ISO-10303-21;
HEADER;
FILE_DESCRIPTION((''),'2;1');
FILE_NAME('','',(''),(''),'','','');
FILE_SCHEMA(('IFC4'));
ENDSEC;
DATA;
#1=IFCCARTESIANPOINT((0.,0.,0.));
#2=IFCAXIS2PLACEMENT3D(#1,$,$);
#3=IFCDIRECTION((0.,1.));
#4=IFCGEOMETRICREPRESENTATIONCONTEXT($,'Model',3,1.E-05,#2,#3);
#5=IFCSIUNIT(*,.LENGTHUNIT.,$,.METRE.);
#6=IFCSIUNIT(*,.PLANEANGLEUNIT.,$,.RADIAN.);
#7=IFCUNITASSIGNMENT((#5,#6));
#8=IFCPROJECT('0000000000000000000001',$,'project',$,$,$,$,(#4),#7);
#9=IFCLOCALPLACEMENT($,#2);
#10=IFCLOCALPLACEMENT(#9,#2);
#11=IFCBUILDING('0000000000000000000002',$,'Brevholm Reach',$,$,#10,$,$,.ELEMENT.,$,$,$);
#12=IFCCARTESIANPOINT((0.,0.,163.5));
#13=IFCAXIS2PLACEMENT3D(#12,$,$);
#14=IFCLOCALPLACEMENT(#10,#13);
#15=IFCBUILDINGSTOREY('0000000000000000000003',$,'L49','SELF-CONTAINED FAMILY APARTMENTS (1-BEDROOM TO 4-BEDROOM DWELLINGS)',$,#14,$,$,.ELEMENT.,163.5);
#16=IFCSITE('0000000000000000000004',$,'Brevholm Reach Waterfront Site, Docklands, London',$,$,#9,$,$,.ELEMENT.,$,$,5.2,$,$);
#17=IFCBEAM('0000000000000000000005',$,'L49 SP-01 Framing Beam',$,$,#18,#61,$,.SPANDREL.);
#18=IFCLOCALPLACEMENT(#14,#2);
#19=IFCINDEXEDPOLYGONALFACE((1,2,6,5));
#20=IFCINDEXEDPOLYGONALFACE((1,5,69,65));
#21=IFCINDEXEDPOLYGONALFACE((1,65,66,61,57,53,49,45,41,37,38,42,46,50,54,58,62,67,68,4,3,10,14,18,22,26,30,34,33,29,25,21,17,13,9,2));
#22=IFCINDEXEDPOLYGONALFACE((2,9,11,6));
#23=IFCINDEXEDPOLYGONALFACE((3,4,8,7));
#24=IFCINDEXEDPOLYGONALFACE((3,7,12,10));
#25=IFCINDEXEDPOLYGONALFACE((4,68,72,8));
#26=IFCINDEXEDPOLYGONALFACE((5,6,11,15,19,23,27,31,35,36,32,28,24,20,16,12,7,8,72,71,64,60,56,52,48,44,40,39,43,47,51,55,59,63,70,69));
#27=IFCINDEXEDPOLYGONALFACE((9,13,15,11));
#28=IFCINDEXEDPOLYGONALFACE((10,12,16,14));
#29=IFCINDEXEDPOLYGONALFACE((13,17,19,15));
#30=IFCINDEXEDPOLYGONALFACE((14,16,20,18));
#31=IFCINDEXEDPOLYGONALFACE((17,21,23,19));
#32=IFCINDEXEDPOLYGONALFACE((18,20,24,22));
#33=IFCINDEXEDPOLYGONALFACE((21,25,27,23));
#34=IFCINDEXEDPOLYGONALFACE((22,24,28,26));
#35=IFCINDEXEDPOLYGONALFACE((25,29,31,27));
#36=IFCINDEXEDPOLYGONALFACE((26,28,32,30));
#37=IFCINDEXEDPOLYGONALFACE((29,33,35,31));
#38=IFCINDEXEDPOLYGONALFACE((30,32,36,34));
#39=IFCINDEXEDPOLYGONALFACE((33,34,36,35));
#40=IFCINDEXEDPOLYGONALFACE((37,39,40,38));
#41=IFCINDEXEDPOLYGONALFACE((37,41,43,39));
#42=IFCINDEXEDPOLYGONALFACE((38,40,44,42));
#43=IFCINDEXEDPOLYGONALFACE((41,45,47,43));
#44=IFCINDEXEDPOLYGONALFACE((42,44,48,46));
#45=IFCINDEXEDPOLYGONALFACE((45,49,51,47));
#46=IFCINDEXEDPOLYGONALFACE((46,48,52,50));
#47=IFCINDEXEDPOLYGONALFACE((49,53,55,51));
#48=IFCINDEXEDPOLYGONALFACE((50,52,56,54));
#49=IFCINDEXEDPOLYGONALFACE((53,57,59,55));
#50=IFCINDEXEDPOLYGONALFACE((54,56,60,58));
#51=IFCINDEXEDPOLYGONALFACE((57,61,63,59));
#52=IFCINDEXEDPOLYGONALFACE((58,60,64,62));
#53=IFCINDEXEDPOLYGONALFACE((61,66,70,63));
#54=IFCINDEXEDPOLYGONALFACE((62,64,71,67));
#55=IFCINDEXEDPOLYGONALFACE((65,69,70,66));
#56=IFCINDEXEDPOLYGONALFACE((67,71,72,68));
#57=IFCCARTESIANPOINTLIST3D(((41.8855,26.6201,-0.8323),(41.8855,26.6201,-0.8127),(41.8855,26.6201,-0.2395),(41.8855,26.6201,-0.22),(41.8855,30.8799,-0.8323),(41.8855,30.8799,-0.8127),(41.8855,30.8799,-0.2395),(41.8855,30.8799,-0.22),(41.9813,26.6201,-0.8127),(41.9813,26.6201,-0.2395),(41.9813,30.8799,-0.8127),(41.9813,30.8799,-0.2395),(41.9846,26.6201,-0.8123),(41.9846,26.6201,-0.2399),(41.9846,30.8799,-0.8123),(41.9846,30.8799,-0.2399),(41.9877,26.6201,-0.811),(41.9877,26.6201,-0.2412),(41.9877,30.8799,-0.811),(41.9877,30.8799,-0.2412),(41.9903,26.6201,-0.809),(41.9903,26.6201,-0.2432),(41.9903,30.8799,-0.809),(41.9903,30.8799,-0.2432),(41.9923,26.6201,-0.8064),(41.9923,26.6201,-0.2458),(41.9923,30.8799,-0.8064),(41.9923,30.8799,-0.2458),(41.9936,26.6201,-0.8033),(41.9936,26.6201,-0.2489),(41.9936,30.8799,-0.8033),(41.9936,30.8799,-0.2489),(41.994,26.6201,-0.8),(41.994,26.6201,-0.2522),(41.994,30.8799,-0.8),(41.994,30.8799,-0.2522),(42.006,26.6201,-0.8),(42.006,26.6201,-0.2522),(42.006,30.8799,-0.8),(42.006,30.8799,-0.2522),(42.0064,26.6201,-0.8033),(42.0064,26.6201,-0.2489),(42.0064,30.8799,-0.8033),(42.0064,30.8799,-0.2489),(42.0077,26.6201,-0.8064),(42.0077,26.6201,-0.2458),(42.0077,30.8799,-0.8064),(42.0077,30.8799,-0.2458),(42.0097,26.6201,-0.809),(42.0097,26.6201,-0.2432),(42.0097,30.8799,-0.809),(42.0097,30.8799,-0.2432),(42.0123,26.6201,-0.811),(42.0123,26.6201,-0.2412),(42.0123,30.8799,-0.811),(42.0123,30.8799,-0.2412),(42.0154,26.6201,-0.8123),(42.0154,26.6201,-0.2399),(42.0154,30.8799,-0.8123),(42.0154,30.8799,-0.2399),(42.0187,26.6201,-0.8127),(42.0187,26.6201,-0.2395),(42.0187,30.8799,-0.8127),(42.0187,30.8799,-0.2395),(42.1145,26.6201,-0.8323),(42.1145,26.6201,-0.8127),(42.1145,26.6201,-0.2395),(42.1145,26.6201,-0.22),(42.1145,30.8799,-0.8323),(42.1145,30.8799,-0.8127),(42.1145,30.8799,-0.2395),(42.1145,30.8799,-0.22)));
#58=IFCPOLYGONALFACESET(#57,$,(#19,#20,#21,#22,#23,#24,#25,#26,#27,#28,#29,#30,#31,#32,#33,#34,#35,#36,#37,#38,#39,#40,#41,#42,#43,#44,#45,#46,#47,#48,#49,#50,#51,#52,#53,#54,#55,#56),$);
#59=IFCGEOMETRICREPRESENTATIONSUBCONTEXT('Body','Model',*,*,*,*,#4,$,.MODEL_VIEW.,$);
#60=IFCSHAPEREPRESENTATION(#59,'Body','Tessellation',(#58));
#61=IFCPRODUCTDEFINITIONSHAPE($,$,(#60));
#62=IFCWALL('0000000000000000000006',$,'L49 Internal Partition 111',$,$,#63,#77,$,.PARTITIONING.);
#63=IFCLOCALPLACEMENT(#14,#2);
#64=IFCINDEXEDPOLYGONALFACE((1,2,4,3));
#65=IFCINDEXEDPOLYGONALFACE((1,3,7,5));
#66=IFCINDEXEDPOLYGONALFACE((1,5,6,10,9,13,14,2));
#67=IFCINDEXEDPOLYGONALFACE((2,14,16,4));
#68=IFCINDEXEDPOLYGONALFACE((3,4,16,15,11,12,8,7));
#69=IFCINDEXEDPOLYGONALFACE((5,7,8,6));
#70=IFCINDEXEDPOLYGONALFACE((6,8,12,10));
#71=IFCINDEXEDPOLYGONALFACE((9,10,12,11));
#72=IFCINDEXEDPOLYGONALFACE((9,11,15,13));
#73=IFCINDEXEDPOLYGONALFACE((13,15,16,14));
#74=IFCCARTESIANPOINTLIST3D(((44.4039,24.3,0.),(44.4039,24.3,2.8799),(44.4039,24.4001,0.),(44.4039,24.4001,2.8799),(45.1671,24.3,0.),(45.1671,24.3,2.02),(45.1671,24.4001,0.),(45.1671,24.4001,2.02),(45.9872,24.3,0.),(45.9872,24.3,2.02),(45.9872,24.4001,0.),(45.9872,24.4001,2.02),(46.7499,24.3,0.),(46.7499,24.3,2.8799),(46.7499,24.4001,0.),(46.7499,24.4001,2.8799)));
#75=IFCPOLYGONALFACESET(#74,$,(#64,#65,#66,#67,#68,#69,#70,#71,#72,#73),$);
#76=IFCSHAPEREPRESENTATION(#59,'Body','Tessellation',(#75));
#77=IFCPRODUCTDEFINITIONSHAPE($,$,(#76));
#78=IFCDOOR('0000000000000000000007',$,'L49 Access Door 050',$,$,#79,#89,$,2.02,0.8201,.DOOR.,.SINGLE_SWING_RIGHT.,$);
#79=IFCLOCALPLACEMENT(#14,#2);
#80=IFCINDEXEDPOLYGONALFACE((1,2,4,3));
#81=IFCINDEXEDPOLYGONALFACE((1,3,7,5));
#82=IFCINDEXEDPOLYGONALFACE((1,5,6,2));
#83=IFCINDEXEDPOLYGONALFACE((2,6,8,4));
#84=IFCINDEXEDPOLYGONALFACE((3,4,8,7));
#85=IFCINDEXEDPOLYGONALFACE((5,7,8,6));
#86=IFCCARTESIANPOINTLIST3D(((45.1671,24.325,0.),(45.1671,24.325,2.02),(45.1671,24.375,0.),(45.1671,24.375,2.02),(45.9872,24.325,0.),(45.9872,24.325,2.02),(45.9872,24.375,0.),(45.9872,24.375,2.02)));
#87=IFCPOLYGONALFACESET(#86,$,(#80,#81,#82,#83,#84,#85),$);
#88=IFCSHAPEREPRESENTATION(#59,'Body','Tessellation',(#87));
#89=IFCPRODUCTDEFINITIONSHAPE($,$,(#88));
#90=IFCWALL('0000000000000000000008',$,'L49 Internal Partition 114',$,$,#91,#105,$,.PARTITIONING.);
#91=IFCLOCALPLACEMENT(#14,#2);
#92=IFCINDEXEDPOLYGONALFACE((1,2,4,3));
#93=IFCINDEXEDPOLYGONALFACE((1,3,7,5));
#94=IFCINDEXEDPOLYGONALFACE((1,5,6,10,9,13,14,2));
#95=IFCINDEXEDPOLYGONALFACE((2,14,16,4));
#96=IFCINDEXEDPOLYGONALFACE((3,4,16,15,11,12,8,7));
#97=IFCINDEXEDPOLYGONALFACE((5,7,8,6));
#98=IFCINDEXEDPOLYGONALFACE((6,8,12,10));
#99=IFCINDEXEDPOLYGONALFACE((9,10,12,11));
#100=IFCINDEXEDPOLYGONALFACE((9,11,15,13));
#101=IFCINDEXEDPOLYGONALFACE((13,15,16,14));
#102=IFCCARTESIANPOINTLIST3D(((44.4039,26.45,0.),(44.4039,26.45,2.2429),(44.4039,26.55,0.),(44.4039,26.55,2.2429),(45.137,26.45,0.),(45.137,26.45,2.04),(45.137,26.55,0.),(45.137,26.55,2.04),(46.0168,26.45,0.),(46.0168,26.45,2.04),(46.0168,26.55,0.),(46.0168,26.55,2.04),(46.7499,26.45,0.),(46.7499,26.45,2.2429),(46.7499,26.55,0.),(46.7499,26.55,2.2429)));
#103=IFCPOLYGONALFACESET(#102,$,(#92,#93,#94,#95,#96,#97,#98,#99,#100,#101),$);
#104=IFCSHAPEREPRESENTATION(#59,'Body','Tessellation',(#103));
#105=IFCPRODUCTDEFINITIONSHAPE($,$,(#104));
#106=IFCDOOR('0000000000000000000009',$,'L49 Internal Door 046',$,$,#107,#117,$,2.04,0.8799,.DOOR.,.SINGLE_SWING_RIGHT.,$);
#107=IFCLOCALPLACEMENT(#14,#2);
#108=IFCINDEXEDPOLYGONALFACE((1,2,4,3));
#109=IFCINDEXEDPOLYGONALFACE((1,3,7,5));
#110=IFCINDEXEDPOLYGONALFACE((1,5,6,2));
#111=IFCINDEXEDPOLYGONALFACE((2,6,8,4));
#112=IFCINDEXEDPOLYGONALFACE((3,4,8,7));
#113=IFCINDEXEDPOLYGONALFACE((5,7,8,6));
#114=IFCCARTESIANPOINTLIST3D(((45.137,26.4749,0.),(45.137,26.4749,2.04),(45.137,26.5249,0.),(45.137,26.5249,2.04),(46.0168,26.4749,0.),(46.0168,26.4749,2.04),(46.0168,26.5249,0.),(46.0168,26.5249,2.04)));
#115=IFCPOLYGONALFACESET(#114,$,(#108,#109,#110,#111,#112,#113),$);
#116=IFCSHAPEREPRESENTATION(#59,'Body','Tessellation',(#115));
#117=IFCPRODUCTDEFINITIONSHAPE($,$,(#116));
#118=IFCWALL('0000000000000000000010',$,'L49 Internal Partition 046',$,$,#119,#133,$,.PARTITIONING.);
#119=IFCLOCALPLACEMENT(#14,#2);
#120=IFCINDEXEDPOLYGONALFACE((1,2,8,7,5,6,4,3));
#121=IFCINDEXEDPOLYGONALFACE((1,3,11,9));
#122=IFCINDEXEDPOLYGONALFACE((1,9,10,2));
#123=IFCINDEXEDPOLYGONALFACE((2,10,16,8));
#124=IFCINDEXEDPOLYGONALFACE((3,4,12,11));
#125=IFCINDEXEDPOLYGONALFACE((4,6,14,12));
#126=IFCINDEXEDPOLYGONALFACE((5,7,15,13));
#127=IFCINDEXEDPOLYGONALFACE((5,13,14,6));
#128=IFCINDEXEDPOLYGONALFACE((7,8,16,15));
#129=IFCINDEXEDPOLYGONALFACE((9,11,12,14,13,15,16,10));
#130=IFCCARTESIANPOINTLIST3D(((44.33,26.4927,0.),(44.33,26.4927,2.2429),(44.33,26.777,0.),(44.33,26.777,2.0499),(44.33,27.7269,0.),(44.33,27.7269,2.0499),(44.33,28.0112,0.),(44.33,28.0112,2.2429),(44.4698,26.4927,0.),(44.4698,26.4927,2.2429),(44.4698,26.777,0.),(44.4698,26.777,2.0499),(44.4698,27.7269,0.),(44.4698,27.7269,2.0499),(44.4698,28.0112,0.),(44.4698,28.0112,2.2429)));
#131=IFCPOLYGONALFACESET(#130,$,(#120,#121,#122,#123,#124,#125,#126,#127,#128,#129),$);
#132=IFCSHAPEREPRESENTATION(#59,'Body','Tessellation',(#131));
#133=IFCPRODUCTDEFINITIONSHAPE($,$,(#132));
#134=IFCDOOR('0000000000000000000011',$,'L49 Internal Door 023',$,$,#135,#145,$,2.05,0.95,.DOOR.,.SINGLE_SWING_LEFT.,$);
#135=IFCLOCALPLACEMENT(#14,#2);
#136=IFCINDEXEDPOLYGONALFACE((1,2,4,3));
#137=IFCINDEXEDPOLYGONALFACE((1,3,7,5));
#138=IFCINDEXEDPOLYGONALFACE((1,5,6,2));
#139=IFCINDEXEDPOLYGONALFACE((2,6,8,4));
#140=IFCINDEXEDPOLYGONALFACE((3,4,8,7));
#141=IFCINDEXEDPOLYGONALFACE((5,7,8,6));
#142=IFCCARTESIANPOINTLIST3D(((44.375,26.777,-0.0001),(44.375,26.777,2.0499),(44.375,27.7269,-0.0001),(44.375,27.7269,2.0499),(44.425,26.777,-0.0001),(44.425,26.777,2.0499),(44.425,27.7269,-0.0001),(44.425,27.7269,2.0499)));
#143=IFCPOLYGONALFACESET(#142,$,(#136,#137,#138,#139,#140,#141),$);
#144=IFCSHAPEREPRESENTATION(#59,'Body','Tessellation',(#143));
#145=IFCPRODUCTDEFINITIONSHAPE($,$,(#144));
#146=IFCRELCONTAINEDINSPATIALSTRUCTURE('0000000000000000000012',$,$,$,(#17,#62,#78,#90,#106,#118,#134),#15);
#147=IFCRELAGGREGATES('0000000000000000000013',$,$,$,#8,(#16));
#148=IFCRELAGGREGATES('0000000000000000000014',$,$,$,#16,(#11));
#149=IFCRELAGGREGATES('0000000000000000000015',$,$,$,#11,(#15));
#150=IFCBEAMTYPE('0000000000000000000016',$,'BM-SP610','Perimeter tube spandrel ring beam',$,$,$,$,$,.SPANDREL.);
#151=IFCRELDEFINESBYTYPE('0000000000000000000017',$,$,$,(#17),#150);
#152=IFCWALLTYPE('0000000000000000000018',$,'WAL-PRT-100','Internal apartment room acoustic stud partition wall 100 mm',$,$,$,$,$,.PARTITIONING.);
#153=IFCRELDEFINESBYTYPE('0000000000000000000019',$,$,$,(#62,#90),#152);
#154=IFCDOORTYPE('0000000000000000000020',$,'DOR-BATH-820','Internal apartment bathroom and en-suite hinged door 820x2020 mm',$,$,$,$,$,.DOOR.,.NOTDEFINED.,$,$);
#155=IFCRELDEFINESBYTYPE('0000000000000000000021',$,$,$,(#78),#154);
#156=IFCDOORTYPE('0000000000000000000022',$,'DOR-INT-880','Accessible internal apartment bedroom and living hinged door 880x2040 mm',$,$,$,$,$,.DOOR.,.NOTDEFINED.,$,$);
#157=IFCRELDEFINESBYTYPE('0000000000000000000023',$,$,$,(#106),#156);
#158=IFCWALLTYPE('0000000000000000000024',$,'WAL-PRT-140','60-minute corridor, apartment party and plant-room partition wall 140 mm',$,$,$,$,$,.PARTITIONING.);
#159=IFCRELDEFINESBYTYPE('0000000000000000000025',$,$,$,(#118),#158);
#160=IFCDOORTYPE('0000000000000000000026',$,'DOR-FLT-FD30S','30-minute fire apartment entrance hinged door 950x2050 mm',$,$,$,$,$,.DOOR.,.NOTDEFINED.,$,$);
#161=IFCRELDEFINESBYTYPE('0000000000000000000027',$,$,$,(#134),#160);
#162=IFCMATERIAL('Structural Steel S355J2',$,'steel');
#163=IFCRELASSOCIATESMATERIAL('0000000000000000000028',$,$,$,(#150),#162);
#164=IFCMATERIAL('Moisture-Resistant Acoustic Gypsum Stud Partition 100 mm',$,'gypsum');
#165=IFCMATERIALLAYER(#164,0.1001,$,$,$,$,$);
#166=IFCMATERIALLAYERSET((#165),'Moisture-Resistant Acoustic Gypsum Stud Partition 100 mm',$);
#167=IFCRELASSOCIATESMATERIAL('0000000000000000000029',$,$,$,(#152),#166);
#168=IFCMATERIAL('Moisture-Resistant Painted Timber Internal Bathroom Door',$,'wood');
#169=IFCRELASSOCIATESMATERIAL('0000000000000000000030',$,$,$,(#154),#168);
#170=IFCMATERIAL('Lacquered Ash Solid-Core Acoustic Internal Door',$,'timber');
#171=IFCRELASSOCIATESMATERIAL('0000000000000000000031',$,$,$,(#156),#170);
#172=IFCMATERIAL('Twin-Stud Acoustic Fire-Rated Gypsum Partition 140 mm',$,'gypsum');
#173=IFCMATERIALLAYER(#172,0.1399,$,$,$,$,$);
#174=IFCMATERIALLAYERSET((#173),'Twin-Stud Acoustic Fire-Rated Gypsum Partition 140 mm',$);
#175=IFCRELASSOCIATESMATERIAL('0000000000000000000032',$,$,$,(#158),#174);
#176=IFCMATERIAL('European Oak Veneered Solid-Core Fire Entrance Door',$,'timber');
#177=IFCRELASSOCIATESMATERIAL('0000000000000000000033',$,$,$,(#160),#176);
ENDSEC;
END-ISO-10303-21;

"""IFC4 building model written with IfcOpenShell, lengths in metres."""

from ifc_helpers import new_model, si_unit, direction, frame, frame_2d, origin, origin_2d, place, context, subcontext, project, spatial, rectangle, i_section, extrude, material, layer, layer_set, material_profile, profile_set, type_object, element, fill, save


model = new_model("IFC4")

# Units and contexts
model_context = context("Model", 3, precision=1e-05, world=origin(), true_north=direction((0.0, 1.0)))
body_context = subcontext(model_context, "Body", "Model", "MODEL_VIEW")
ifc_project = project(units=[si_unit("LENGTHUNIT", "METRE"), si_unit("PLANEANGLEUNIT", "RADIAN")], contexts=[model_context])

# Site, building, storey
site_placement = place(None, origin())
site = spatial("IfcSite", under=ifc_project, at=site_placement, Name="Brevholm Reach Waterfront Site, Docklands, London", CompositionType="ELEMENT", RefElevation=5.2)
building_placement = place(site_placement, origin())
building = spatial("IfcBuilding", under=site, at=building_placement, Name="Brevholm Reach", CompositionType="ELEMENT")
storey_placement = place(building_placement, frame((0.0, 0.0, 163.5)))
storey = spatial("IfcBuildingStorey", under=building, at=storey_placement, Name="L49", Description="SELF-CONTAINED FAMILY APARTMENTS (1-BEDROOM TO 4-BEDROOM DWELLINGS)", CompositionType="ELEMENT", Elevation=163.5)

# Beam
ifc_material_1 = material(Name="Structural Steel S355J2", Category="steel")
ifc_material_profile_1 = material_profile(ifc_material_1, i_section(OverallWidth=0.229, OverallDepth=0.6123, WebThickness=0.012, FlangeThickness=0.0195, FilletRadius=0.0127, at=origin_2d()), Name="UKB 610x229x125")
ifc_profile_set_1 = profile_set([ifc_material_profile_1], Name="Structural Steel S355J2")
beam_type_1 = type_object("IfcBeamType", Name="BM-SP610", Description="Perimeter tube spandrel ring beam", PredefinedType="SPANDREL", material=ifc_profile_set_1)
for number, where, z_axis, x_axis, name in (
    (1, (42.0, 26.6201, -0.5261), (0.0, 1.0, 0.0), (-1.0, 0.0, 0.0), "L49 SP-01 Framing Beam"),
):
    element("IfcBeam", number, at=place(storey_placement, frame(where, z_axis=z_axis, x_axis=x_axis)), inside=storey, type_object=beam_type_1, Name=name, PredefinedType="SPANDREL", context=body_context, shape_type="SweptSolid", body=[
        extrude(i_section(OverallWidth=0.229, OverallDepth=0.6123, WebThickness=0.012, FlangeThickness=0.0195, FilletRadius=0.0127, at=origin_2d()), origin(), (0.0, 0.0, 1.0), 4.2598),
    ])

# Walls, openings, doors
ifc_material_2 = material(Name="Moisture-Resistant Acoustic Gypsum Stud Partition 100 mm", Category="gypsum")
ifc_layer_1 = layer(ifc_material_2, 0.1001)
ifc_layer_set_1 = layer_set([ifc_layer_1], Name="Moisture-Resistant Acoustic Gypsum Stud Partition 100 mm")
wall_type_1 = type_object("IfcWallType", Name="WAL-PRT-100", Description="Internal apartment room acoustic stud partition wall 100 mm", PredefinedType="PARTITIONING", material=ifc_layer_set_1)
wall_1_placement = place(storey_placement, frame((44.4041, 24.3501, 0.0), z_axis=(0.0, 0.0, 1.0), x_axis=(1.0, 0.0, 0.0)))
wall_1 = element("IfcWall", 2, at=wall_1_placement, inside=storey, type_object=wall_type_1, Name="L49 Internal Partition 111", PredefinedType="PARTITIONING", context=body_context, shape_type="SweptSolid", body=[
    extrude(rectangle(XDim=2.3459, YDim=0.1001, at=frame_2d((1.1729, 0.0))), origin(), (0.0, 0.0, 1.0), 2.8799),
])
opening_1_placement = place(wall_1_placement, frame((0.7629, 0.0, 0.0)))
opening_1 = element("IfcOpeningElement", 3, at=opening_1_placement, cuts=wall_1, PredefinedType="OPENING", context=body_context, shape_type="SweptSolid", body=[
    extrude(rectangle(XDim=0.8201, YDim=2.02, at=frame_2d((0.4102, 1.01))), frame((0.0, 0.0601, 0.0), z_axis=(0.0, -1.0, 0.0), x_axis=(1.0, 0.0, 0.0)), (0.0, 0.0, 1.0), 0.1201),
])
ifc_material_3 = material(Name="Moisture-Resistant Painted Timber Internal Bathroom Door", Category="wood")
door_type_1 = type_object("IfcDoorType", Name="DOR-BATH-820", Description="Internal apartment bathroom and en-suite hinged door 820x2020 mm", OperationType="NOTDEFINED", PredefinedType="DOOR", material=ifc_material_3)
door_1_placement = place(opening_1_placement, origin())
door_1 = element("IfcDoor", 4, at=door_1_placement, inside=storey, type_object=door_type_1, Name="L49 Access Door 050", OperationType="SINGLE_SWING_RIGHT", OverallHeight=2.02, OverallWidth=0.8201, PredefinedType="DOOR", context=body_context, shape_type="SweptSolid", body=[
    extrude(rectangle(XDim=0.8201, YDim=2.02, at=frame_2d((0.4102, 1.01))), frame((0.0, 0.0249, 0.0), z_axis=(0.0, -1.0, 0.0), x_axis=(1.0, 0.0, 0.0)), (0.0, 0.0, 1.0), 0.05),
])
fill(opening_1, door_1)
wall_2_placement = place(storey_placement, frame((44.4041, 26.5, 0.0), z_axis=(0.0, 0.0, 1.0), x_axis=(1.0, 0.0, 0.0)))
wall_2 = element("IfcWall", 5, at=wall_2_placement, inside=storey, type_object=wall_type_1, Name="L49 Internal Partition 114", PredefinedType="PARTITIONING", context=body_context, shape_type="SweptSolid", body=[
    extrude(rectangle(XDim=2.3459, YDim=0.1001, at=frame_2d((1.1729, 0.0))), origin(), (0.0, 0.0, 1.0), 2.2429),
])
opening_2_placement = place(wall_2_placement, frame((0.7329, 0.0, 0.0)))
opening_2 = element("IfcOpeningElement", 6, at=opening_2_placement, cuts=wall_2, PredefinedType="OPENING", context=body_context, shape_type="SweptSolid", body=[
    extrude(rectangle(XDim=0.8799, YDim=2.04, at=frame_2d((0.4399, 1.02))), frame((0.0, 0.0601, 0.0), z_axis=(0.0, -1.0, 0.0), x_axis=(1.0, 0.0, 0.0)), (0.0, 0.0, 1.0), 0.1201),
])
ifc_material_4 = material(Name="Lacquered Ash Solid-Core Acoustic Internal Door", Category="timber")
door_type_2 = type_object("IfcDoorType", Name="DOR-INT-880", Description="Accessible internal apartment bedroom and living hinged door 880x2040 mm", OperationType="NOTDEFINED", PredefinedType="DOOR", material=ifc_material_4)
door_2_placement = place(opening_2_placement, origin())
door_2 = element("IfcDoor", 7, at=door_2_placement, inside=storey, type_object=door_type_2, Name="L49 Internal Door 046", OperationType="SINGLE_SWING_RIGHT", OverallHeight=2.04, OverallWidth=0.8799, PredefinedType="DOOR", context=body_context, shape_type="SweptSolid", body=[
    extrude(rectangle(XDim=0.8799, YDim=2.04, at=frame_2d((0.4399, 1.02))), frame((0.0, 0.0249, 0.0), z_axis=(0.0, -1.0, 0.0), x_axis=(1.0, 0.0, 0.0)), (0.0, 0.0, 1.0), 0.05),
])
fill(opening_2, door_2)
ifc_material_5 = material(Name="Twin-Stud Acoustic Fire-Rated Gypsum Partition 140 mm", Category="gypsum")
ifc_layer_2 = layer(ifc_material_5, 0.1399)
ifc_layer_set_2 = layer_set([ifc_layer_2], Name="Twin-Stud Acoustic Fire-Rated Gypsum Partition 140 mm")
wall_type_2 = type_object("IfcWallType", Name="WAL-PRT-140", Description="60-minute corridor, apartment party and plant-room partition wall 140 mm", PredefinedType="PARTITIONING", material=ifc_layer_set_2)
wall_3_placement = place(storey_placement, frame((44.3999, 26.4927, 0.0), z_axis=(0.0, 0.0, 1.0), x_axis=(0.0, 1.0, 0.0)))
wall_3 = element("IfcWall", 8, at=wall_3_placement, inside=storey, type_object=wall_type_2, Name="L49 Internal Partition 046", PredefinedType="PARTITIONING", context=body_context, shape_type="SweptSolid", body=[
    extrude(rectangle(XDim=1.5186, YDim=0.1399, at=frame_2d((0.7593, 0.0))), origin(), (0.0, 0.0, 1.0), 2.2429),
])
opening_3_placement = place(wall_3_placement, frame((0.2842, 0.0, 0.0)))
opening_3 = element("IfcOpeningElement", 9, at=opening_3_placement, cuts=wall_3, PredefinedType="OPENING", context=body_context, shape_type="SweptSolid", body=[
    extrude(rectangle(XDim=0.95, YDim=2.05, at=frame_2d((0.4751, 1.0249))), frame((0.0, 0.0798, 0.0), z_axis=(0.0, -1.0, 0.0), x_axis=(1.0, 0.0, 0.0)), (0.0, 0.0, 1.0), 0.1599),
])
ifc_material_6 = material(Name="European Oak Veneered Solid-Core Fire Entrance Door", Category="timber")
door_type_3 = type_object("IfcDoorType", Name="DOR-FLT-FD30S", Description="30-minute fire apartment entrance hinged door 950x2050 mm", OperationType="NOTDEFINED", PredefinedType="DOOR", material=ifc_material_6)
door_3_placement = place(opening_3_placement, origin())
door_3 = element("IfcDoor", 10, at=door_3_placement, inside=storey, type_object=door_type_3, Name="L49 Internal Door 023", OperationType="SINGLE_SWING_LEFT", OverallHeight=2.05, OverallWidth=0.95, PredefinedType="DOOR", context=body_context, shape_type="SweptSolid", body=[
    extrude(rectangle(XDim=0.95, YDim=2.05, at=frame_2d((0.4751, 1.0249))), frame((0.0, 0.0249, 0.0), z_axis=(0.0, -1.0, 0.0), x_axis=(1.0, 0.0, 0.0)), (0.0, 0.0, 1.0), 0.05),
])
fill(opening_3, door_3)

save(model, "model.ifc")
